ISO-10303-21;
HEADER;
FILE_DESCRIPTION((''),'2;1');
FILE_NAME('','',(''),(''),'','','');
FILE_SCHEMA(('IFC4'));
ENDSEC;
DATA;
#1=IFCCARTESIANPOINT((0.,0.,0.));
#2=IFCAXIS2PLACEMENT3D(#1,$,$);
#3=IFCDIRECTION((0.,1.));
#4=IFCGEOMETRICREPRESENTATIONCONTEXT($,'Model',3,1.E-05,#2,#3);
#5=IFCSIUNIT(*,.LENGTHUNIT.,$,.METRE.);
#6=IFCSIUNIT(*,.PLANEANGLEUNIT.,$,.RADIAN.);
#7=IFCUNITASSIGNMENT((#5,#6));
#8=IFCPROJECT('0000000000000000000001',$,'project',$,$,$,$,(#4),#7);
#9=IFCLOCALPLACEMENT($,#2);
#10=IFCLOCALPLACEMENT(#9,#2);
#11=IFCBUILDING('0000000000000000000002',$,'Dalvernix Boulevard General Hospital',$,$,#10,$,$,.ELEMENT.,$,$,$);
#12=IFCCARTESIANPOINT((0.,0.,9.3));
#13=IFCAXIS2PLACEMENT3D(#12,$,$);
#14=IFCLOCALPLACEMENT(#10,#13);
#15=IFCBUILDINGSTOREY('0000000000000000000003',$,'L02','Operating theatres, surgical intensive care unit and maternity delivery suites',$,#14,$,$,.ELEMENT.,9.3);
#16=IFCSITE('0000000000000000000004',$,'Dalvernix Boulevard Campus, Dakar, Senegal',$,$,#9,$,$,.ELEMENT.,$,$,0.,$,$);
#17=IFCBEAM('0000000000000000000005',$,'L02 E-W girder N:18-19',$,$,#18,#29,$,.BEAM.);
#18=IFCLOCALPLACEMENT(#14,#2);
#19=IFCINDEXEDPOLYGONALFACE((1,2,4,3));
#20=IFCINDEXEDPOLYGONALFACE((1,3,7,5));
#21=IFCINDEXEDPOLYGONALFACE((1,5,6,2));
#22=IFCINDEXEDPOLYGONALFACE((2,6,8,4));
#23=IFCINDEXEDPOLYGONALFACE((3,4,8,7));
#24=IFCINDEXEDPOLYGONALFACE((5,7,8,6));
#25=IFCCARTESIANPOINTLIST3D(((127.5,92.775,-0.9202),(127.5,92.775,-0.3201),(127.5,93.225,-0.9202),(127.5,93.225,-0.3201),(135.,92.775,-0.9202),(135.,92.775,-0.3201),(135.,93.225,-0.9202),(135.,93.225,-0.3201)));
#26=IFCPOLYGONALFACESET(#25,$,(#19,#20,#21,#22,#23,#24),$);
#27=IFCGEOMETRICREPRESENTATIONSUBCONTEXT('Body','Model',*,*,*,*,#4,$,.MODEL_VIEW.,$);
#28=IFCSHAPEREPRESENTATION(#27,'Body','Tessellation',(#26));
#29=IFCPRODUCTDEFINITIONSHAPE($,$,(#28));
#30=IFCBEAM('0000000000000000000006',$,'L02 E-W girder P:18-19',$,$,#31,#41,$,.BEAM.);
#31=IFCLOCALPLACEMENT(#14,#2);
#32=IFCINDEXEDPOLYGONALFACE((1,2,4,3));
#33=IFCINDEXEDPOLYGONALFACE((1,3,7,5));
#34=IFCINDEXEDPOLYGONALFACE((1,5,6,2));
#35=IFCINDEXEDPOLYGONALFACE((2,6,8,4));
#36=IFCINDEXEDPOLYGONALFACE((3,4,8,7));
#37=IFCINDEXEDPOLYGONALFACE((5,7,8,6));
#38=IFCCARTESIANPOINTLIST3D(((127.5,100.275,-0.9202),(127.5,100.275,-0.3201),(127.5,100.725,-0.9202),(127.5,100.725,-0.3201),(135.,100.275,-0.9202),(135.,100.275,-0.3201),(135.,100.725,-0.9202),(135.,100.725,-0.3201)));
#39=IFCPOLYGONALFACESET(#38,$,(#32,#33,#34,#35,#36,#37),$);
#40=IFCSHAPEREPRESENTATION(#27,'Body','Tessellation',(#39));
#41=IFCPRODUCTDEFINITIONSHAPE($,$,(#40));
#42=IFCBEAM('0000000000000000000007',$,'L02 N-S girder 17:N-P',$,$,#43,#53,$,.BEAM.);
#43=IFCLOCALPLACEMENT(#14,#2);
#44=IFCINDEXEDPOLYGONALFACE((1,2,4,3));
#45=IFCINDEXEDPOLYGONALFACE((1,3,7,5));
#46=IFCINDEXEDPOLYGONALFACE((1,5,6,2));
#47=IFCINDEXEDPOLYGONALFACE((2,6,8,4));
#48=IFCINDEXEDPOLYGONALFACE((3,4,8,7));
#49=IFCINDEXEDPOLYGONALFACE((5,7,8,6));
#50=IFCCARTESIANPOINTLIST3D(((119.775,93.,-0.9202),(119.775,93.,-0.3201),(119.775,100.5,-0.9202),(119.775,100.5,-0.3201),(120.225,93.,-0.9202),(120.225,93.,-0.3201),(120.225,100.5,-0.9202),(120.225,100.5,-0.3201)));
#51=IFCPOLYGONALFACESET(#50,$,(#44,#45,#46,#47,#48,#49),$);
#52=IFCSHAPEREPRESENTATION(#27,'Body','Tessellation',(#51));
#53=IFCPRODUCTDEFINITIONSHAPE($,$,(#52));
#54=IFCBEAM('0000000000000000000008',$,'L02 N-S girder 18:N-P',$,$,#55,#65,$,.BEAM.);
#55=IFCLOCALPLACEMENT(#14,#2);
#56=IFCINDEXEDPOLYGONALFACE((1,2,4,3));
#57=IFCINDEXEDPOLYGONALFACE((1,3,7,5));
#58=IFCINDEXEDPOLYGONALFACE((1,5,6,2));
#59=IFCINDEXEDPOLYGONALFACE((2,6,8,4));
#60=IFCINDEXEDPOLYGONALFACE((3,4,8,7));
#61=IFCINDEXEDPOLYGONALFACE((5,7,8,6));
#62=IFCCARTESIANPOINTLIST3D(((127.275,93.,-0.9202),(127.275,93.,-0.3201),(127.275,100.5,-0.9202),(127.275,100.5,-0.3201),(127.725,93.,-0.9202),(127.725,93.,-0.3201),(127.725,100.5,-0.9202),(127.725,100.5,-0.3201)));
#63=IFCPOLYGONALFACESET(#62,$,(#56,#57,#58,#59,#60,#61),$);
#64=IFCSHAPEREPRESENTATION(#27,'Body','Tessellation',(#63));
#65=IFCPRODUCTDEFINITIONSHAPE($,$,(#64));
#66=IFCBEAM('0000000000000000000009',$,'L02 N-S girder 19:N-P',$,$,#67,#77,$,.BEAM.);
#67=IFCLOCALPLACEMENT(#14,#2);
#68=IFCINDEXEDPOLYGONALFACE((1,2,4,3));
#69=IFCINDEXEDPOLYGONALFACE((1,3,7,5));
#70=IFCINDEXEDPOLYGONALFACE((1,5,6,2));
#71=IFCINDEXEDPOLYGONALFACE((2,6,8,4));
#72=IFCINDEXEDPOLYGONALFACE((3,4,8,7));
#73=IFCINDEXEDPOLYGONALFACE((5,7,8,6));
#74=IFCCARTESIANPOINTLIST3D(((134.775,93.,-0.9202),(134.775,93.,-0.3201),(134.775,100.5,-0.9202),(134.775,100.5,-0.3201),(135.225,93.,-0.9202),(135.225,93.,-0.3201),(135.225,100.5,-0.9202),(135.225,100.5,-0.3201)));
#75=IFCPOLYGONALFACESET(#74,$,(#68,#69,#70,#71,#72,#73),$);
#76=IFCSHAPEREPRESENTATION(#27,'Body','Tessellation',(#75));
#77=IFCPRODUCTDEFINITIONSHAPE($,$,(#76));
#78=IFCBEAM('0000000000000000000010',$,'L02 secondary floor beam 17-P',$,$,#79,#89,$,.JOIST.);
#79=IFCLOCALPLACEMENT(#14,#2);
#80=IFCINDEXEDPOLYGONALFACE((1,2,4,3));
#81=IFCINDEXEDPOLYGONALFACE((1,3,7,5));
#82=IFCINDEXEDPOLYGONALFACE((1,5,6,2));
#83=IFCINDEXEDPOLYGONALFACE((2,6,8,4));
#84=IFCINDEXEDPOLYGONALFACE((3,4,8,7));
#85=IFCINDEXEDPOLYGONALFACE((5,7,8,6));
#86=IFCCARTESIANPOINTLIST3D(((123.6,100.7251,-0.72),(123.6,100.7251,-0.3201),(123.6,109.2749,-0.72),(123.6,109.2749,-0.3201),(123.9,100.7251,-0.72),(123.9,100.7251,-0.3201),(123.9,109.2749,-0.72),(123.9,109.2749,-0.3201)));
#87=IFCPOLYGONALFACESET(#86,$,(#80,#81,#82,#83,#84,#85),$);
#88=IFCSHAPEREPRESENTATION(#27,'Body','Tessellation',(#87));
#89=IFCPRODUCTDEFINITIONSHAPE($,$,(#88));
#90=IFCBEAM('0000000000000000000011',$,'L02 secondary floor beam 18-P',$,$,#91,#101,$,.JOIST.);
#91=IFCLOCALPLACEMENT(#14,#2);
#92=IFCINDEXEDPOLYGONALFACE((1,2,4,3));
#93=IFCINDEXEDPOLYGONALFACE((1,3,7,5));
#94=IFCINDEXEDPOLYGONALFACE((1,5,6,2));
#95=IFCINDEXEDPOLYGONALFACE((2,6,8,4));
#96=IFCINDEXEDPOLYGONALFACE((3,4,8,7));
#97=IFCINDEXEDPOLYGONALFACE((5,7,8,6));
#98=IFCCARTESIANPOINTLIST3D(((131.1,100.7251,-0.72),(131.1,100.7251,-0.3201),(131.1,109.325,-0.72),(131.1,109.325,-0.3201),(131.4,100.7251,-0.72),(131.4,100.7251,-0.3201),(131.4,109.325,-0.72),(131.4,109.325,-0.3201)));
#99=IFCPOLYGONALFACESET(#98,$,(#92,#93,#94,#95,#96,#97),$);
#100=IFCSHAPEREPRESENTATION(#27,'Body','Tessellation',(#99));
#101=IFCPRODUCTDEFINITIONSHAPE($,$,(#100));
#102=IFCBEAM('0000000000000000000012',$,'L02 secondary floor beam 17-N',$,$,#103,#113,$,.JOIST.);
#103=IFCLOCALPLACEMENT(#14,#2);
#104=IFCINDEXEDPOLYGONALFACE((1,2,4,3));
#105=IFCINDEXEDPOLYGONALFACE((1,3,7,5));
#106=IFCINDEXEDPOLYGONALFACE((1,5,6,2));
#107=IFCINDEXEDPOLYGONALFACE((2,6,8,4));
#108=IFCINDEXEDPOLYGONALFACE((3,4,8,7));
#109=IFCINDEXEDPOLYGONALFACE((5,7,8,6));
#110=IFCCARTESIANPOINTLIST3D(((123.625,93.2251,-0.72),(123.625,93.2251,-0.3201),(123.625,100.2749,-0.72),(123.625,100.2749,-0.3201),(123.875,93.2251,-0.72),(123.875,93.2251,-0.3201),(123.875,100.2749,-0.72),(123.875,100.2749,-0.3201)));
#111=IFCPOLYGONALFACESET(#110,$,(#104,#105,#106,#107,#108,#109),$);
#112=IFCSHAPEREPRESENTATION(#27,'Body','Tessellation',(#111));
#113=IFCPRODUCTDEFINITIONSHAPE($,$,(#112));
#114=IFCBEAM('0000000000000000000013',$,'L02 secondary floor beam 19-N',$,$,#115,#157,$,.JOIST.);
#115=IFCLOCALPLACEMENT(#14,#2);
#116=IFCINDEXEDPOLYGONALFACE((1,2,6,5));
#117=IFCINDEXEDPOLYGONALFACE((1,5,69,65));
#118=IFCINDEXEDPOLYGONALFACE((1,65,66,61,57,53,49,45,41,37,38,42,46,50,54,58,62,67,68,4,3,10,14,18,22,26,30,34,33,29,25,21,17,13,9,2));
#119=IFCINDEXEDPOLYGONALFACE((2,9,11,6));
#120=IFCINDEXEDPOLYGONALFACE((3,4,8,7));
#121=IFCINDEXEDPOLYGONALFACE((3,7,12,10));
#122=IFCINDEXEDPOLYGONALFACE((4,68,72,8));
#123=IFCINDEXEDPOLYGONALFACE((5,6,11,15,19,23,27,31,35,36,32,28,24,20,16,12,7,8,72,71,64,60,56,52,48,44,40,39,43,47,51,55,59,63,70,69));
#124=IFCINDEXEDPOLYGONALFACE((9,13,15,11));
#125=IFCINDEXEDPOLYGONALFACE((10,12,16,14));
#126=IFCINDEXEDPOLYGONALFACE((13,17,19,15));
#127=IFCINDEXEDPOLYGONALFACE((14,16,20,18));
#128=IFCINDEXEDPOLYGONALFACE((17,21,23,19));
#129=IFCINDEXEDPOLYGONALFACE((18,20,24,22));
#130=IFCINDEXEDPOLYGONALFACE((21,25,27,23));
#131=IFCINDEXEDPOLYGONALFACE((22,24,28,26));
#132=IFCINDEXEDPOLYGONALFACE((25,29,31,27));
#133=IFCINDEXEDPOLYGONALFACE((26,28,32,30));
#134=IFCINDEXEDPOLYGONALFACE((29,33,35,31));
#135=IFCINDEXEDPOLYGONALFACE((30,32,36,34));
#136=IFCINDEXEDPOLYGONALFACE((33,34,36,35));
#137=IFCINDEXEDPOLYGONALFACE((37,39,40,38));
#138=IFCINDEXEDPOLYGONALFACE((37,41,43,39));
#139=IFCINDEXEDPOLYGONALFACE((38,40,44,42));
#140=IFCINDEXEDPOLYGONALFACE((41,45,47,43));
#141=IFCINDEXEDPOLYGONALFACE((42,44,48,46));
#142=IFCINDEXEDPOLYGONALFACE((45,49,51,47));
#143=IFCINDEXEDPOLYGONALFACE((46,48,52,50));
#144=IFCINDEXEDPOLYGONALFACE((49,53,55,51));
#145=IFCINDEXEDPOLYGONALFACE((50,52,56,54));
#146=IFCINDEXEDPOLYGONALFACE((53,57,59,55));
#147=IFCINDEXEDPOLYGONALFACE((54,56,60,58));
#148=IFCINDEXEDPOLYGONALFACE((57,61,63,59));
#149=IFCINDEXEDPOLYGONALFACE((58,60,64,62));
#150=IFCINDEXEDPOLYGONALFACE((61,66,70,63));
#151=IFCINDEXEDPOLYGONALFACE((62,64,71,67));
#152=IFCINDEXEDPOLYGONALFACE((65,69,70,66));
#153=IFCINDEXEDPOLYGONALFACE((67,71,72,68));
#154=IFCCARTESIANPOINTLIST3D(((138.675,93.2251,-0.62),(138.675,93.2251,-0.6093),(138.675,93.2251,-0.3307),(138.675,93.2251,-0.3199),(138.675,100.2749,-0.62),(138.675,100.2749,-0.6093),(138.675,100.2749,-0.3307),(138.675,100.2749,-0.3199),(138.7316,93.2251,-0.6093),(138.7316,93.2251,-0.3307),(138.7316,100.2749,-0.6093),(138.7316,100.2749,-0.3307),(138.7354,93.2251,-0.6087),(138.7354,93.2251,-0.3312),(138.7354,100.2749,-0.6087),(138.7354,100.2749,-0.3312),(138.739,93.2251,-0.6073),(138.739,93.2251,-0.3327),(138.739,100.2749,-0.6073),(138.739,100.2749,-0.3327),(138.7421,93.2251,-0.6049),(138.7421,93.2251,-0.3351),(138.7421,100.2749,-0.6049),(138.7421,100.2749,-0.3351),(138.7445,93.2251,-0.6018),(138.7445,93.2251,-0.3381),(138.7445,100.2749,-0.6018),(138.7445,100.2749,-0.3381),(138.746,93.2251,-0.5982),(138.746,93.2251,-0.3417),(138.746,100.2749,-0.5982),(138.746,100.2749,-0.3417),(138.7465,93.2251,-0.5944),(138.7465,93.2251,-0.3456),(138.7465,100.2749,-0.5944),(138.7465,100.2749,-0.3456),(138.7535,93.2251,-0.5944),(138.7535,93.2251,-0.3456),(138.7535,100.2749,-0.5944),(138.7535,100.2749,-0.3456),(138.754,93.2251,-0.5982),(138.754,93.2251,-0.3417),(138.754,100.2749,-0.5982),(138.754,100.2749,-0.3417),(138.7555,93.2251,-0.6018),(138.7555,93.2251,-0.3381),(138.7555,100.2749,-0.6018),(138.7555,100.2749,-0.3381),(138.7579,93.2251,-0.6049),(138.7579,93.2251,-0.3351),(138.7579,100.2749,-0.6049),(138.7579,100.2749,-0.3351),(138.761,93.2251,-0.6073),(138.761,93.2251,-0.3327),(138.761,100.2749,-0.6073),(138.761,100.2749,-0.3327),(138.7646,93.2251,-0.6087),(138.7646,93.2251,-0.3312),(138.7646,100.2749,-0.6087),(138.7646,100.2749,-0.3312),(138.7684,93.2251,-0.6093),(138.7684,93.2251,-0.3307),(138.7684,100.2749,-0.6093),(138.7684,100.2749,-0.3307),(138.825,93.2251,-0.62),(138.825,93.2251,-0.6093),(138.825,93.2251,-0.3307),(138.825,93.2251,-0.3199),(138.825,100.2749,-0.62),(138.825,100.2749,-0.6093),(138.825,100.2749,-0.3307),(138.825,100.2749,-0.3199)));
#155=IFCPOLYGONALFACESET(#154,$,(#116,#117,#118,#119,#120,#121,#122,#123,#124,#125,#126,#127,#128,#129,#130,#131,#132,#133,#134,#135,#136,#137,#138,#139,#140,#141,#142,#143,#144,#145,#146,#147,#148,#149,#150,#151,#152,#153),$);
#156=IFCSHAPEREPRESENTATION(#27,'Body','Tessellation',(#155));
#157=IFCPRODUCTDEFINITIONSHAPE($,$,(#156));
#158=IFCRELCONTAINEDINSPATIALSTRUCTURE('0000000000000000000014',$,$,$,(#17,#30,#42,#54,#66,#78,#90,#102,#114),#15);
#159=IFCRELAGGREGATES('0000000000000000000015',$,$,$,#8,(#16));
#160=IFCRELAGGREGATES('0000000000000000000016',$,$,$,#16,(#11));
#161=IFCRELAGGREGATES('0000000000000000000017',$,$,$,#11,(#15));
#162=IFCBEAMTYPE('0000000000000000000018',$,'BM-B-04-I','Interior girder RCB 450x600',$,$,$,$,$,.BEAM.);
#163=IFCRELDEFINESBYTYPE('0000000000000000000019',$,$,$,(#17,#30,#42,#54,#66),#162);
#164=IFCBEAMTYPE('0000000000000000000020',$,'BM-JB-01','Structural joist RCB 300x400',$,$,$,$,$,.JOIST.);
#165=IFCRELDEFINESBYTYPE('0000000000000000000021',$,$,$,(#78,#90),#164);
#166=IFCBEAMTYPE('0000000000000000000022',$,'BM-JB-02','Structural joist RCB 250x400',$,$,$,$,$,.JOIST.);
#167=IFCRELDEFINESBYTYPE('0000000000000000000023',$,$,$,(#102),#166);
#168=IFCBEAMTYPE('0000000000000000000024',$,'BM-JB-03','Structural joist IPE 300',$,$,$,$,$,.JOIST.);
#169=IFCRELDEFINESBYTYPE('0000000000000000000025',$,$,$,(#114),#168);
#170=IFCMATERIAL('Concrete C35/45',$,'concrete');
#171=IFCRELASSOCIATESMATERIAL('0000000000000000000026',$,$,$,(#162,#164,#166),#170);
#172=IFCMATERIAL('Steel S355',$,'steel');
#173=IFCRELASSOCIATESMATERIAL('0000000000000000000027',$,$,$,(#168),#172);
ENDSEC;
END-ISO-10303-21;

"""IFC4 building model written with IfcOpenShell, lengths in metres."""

from ifc_helpers import new_model, si_unit, direction, frame, origin, origin_2d, place, context, subcontext, project, spatial, rectangle, i_section, extrude, material, material_profile, profile_set, type_object, element, save


model = new_model("IFC4")

# Units and contexts
model_context = context("Model", 3, precision=1e-05, world=origin(), true_north=direction((0.0, 1.0)))
body_context = subcontext(model_context, "Body", "Model", "MODEL_VIEW")
ifc_project = project(units=[si_unit("LENGTHUNIT", "METRE"), si_unit("PLANEANGLEUNIT", "RADIAN")], contexts=[model_context])

# Site, building, storey
site_placement = place(None, origin())
site = spatial("IfcSite", under=ifc_project, at=site_placement, Name="Dalvernix Boulevard Campus, Dakar, Senegal", CompositionType="ELEMENT", RefElevation=0.0)
building_placement = place(site_placement, origin())
building = spatial("IfcBuilding", under=site, at=building_placement, Name="Dalvernix Boulevard General Hospital", CompositionType="ELEMENT")
storey_placement = place(building_placement, frame((0.0, 0.0, 9.3)))
storey = spatial("IfcBuildingStorey", under=building, at=storey_placement, Name="L02", Description="Operating theatres, surgical intensive care unit and maternity delivery suites", CompositionType="ELEMENT", Elevation=9.3)

# Beams
ifc_material_1 = material(Name="Concrete C35/45", Category="concrete")
ifc_material_profile_1 = material_profile(ifc_material_1, rectangle(XDim=0.45, YDim=0.6001, at=origin_2d()), Name="RCB 450x600")
ifc_profile_set_1 = profile_set([ifc_material_profile_1], Name="Concrete C35/45")
beam_type_1 = type_object("IfcBeamType", Name="BM-B-04-I", Description="Interior girder RCB 450x600", PredefinedType="BEAM", material=ifc_profile_set_1)
for number, where, z_axis, x_axis, name in (
    (1, (127.5, 93.0, -0.6201), (1.0, 0.0, 0.0), (0.0, 1.0, 0.0), "L02 E-W girder N:18-19"),
    (2, (127.5, 100.5, -0.6201), (1.0, 0.0, 0.0), (0.0, 1.0, 0.0), "L02 E-W girder P:18-19"),
    (3, (120.0, 93.0, -0.6201), (0.0, 1.0, 0.0), (-1.0, 0.0, 0.0), "L02 N-S girder 17:N-P"),
    (4, (127.5, 93.0, -0.6201), (0.0, 1.0, 0.0), (-1.0, 0.0, 0.0), "L02 N-S girder 18:N-P"),
    (5, (135.0, 93.0, -0.6201), (0.0, 1.0, 0.0), (-1.0, 0.0, 0.0), "L02 N-S girder 19:N-P"),
):
    element("IfcBeam", number, at=place(storey_placement, frame(where, z_axis=z_axis, x_axis=x_axis)), inside=storey, type_object=beam_type_1, Name=name, PredefinedType="BEAM", context=body_context, shape_type="SweptSolid", body=[
        extrude(rectangle(XDim=0.45, YDim=0.6001, at=origin_2d()), origin(), (0.0, 0.0, 1.0), 7.5),
    ])
ifc_material_profile_2 = material_profile(ifc_material_1, rectangle(XDim=0.3, YDim=0.3999, at=origin_2d()), Name="RCB 300x400")
ifc_profile_set_2 = profile_set([ifc_material_profile_2], Name="Concrete C35/45")
beam_type_2 = type_object("IfcBeamType", Name="BM-JB-01", Description="Structural joist RCB 300x400", PredefinedType="JOIST", material=ifc_profile_set_2)
beam_1_placement = place(storey_placement, frame((123.75, 100.7251, -0.52), z_axis=(0.0, 1.0, 0.0), x_axis=(-1.0, 0.0, 0.0)))
element("IfcBeam", 6, at=beam_1_placement, inside=storey, type_object=beam_type_2, Name="L02 secondary floor beam 17-P", PredefinedType="JOIST", context=body_context, shape_type="SweptSolid", body=[
    extrude(rectangle(XDim=0.3, YDim=0.3999, at=origin_2d()), origin(), (0.0, 0.0, 1.0), 8.5498),
])
beam_2_placement = place(storey_placement, frame((131.25, 100.7251, -0.52), z_axis=(0.0, 1.0, 0.0), x_axis=(-1.0, 0.0, 0.0)))
element("IfcBeam", 7, at=beam_2_placement, inside=storey, type_object=beam_type_2, Name="L02 secondary floor beam 18-P", PredefinedType="JOIST", context=body_context, shape_type="SweptSolid", body=[
    extrude(rectangle(XDim=0.3, YDim=0.3999, at=origin_2d()), origin(), (0.0, 0.0, 1.0), 8.5999),
])
ifc_material_profile_3 = material_profile(ifc_material_1, rectangle(XDim=0.25, YDim=0.3999, at=origin_2d()), Name="RCB 250x400")
ifc_profile_set_3 = profile_set([ifc_material_profile_3], Name="Concrete C35/45")
beam_type_3 = type_object("IfcBeamType", Name="BM-JB-02", Description="Structural joist RCB 250x400", PredefinedType="JOIST", material=ifc_profile_set_3)
beam_3_placement = place(storey_placement, frame((123.75, 93.2251, -0.52), z_axis=(0.0, 1.0, 0.0), x_axis=(-1.0, 0.0, 0.0)))
element("IfcBeam", 8, at=beam_3_placement, inside=storey, type_object=beam_type_3, Name="L02 secondary floor beam 17-N", PredefinedType="JOIST", context=body_context, shape_type="SweptSolid", body=[
    extrude(rectangle(XDim=0.25, YDim=0.3999, at=origin_2d()), origin(), (0.0, 0.0, 1.0), 7.0498),
])
ifc_material_2 = material(Name="Steel S355", Category="steel")
ifc_material_profile_4 = material_profile(ifc_material_2, i_section(OverallWidth=0.1499, OverallDepth=0.3, WebThickness=0.0071, FlangeThickness=0.0107, FilletRadius=0.0149, at=origin_2d()), Name="IPE 300")
ifc_profile_set_4 = profile_set([ifc_material_profile_4], Name="Steel S355")
beam_type_4 = type_object("IfcBeamType", Name="BM-JB-03", Description="Structural joist IPE 300", PredefinedType="JOIST", material=ifc_profile_set_4)
beam_4_placement = place(storey_placement, frame((138.75, 93.2251, -0.47), z_axis=(0.0, 1.0, 0.0), x_axis=(-1.0, 0.0, 0.0)))
element("IfcBeam", 9, at=beam_4_placement, inside=storey, type_object=beam_type_4, Name="L02 secondary floor beam 19-N", PredefinedType="JOIST", context=body_context, shape_type="SweptSolid", body=[
    extrude(i_section(OverallWidth=0.1499, OverallDepth=0.3, WebThickness=0.0071, FlangeThickness=0.0107, FilletRadius=0.0149, at=origin_2d()), origin(), (0.0, 0.0, 1.0), 7.0498),
])

save(model, "model.ifc")
